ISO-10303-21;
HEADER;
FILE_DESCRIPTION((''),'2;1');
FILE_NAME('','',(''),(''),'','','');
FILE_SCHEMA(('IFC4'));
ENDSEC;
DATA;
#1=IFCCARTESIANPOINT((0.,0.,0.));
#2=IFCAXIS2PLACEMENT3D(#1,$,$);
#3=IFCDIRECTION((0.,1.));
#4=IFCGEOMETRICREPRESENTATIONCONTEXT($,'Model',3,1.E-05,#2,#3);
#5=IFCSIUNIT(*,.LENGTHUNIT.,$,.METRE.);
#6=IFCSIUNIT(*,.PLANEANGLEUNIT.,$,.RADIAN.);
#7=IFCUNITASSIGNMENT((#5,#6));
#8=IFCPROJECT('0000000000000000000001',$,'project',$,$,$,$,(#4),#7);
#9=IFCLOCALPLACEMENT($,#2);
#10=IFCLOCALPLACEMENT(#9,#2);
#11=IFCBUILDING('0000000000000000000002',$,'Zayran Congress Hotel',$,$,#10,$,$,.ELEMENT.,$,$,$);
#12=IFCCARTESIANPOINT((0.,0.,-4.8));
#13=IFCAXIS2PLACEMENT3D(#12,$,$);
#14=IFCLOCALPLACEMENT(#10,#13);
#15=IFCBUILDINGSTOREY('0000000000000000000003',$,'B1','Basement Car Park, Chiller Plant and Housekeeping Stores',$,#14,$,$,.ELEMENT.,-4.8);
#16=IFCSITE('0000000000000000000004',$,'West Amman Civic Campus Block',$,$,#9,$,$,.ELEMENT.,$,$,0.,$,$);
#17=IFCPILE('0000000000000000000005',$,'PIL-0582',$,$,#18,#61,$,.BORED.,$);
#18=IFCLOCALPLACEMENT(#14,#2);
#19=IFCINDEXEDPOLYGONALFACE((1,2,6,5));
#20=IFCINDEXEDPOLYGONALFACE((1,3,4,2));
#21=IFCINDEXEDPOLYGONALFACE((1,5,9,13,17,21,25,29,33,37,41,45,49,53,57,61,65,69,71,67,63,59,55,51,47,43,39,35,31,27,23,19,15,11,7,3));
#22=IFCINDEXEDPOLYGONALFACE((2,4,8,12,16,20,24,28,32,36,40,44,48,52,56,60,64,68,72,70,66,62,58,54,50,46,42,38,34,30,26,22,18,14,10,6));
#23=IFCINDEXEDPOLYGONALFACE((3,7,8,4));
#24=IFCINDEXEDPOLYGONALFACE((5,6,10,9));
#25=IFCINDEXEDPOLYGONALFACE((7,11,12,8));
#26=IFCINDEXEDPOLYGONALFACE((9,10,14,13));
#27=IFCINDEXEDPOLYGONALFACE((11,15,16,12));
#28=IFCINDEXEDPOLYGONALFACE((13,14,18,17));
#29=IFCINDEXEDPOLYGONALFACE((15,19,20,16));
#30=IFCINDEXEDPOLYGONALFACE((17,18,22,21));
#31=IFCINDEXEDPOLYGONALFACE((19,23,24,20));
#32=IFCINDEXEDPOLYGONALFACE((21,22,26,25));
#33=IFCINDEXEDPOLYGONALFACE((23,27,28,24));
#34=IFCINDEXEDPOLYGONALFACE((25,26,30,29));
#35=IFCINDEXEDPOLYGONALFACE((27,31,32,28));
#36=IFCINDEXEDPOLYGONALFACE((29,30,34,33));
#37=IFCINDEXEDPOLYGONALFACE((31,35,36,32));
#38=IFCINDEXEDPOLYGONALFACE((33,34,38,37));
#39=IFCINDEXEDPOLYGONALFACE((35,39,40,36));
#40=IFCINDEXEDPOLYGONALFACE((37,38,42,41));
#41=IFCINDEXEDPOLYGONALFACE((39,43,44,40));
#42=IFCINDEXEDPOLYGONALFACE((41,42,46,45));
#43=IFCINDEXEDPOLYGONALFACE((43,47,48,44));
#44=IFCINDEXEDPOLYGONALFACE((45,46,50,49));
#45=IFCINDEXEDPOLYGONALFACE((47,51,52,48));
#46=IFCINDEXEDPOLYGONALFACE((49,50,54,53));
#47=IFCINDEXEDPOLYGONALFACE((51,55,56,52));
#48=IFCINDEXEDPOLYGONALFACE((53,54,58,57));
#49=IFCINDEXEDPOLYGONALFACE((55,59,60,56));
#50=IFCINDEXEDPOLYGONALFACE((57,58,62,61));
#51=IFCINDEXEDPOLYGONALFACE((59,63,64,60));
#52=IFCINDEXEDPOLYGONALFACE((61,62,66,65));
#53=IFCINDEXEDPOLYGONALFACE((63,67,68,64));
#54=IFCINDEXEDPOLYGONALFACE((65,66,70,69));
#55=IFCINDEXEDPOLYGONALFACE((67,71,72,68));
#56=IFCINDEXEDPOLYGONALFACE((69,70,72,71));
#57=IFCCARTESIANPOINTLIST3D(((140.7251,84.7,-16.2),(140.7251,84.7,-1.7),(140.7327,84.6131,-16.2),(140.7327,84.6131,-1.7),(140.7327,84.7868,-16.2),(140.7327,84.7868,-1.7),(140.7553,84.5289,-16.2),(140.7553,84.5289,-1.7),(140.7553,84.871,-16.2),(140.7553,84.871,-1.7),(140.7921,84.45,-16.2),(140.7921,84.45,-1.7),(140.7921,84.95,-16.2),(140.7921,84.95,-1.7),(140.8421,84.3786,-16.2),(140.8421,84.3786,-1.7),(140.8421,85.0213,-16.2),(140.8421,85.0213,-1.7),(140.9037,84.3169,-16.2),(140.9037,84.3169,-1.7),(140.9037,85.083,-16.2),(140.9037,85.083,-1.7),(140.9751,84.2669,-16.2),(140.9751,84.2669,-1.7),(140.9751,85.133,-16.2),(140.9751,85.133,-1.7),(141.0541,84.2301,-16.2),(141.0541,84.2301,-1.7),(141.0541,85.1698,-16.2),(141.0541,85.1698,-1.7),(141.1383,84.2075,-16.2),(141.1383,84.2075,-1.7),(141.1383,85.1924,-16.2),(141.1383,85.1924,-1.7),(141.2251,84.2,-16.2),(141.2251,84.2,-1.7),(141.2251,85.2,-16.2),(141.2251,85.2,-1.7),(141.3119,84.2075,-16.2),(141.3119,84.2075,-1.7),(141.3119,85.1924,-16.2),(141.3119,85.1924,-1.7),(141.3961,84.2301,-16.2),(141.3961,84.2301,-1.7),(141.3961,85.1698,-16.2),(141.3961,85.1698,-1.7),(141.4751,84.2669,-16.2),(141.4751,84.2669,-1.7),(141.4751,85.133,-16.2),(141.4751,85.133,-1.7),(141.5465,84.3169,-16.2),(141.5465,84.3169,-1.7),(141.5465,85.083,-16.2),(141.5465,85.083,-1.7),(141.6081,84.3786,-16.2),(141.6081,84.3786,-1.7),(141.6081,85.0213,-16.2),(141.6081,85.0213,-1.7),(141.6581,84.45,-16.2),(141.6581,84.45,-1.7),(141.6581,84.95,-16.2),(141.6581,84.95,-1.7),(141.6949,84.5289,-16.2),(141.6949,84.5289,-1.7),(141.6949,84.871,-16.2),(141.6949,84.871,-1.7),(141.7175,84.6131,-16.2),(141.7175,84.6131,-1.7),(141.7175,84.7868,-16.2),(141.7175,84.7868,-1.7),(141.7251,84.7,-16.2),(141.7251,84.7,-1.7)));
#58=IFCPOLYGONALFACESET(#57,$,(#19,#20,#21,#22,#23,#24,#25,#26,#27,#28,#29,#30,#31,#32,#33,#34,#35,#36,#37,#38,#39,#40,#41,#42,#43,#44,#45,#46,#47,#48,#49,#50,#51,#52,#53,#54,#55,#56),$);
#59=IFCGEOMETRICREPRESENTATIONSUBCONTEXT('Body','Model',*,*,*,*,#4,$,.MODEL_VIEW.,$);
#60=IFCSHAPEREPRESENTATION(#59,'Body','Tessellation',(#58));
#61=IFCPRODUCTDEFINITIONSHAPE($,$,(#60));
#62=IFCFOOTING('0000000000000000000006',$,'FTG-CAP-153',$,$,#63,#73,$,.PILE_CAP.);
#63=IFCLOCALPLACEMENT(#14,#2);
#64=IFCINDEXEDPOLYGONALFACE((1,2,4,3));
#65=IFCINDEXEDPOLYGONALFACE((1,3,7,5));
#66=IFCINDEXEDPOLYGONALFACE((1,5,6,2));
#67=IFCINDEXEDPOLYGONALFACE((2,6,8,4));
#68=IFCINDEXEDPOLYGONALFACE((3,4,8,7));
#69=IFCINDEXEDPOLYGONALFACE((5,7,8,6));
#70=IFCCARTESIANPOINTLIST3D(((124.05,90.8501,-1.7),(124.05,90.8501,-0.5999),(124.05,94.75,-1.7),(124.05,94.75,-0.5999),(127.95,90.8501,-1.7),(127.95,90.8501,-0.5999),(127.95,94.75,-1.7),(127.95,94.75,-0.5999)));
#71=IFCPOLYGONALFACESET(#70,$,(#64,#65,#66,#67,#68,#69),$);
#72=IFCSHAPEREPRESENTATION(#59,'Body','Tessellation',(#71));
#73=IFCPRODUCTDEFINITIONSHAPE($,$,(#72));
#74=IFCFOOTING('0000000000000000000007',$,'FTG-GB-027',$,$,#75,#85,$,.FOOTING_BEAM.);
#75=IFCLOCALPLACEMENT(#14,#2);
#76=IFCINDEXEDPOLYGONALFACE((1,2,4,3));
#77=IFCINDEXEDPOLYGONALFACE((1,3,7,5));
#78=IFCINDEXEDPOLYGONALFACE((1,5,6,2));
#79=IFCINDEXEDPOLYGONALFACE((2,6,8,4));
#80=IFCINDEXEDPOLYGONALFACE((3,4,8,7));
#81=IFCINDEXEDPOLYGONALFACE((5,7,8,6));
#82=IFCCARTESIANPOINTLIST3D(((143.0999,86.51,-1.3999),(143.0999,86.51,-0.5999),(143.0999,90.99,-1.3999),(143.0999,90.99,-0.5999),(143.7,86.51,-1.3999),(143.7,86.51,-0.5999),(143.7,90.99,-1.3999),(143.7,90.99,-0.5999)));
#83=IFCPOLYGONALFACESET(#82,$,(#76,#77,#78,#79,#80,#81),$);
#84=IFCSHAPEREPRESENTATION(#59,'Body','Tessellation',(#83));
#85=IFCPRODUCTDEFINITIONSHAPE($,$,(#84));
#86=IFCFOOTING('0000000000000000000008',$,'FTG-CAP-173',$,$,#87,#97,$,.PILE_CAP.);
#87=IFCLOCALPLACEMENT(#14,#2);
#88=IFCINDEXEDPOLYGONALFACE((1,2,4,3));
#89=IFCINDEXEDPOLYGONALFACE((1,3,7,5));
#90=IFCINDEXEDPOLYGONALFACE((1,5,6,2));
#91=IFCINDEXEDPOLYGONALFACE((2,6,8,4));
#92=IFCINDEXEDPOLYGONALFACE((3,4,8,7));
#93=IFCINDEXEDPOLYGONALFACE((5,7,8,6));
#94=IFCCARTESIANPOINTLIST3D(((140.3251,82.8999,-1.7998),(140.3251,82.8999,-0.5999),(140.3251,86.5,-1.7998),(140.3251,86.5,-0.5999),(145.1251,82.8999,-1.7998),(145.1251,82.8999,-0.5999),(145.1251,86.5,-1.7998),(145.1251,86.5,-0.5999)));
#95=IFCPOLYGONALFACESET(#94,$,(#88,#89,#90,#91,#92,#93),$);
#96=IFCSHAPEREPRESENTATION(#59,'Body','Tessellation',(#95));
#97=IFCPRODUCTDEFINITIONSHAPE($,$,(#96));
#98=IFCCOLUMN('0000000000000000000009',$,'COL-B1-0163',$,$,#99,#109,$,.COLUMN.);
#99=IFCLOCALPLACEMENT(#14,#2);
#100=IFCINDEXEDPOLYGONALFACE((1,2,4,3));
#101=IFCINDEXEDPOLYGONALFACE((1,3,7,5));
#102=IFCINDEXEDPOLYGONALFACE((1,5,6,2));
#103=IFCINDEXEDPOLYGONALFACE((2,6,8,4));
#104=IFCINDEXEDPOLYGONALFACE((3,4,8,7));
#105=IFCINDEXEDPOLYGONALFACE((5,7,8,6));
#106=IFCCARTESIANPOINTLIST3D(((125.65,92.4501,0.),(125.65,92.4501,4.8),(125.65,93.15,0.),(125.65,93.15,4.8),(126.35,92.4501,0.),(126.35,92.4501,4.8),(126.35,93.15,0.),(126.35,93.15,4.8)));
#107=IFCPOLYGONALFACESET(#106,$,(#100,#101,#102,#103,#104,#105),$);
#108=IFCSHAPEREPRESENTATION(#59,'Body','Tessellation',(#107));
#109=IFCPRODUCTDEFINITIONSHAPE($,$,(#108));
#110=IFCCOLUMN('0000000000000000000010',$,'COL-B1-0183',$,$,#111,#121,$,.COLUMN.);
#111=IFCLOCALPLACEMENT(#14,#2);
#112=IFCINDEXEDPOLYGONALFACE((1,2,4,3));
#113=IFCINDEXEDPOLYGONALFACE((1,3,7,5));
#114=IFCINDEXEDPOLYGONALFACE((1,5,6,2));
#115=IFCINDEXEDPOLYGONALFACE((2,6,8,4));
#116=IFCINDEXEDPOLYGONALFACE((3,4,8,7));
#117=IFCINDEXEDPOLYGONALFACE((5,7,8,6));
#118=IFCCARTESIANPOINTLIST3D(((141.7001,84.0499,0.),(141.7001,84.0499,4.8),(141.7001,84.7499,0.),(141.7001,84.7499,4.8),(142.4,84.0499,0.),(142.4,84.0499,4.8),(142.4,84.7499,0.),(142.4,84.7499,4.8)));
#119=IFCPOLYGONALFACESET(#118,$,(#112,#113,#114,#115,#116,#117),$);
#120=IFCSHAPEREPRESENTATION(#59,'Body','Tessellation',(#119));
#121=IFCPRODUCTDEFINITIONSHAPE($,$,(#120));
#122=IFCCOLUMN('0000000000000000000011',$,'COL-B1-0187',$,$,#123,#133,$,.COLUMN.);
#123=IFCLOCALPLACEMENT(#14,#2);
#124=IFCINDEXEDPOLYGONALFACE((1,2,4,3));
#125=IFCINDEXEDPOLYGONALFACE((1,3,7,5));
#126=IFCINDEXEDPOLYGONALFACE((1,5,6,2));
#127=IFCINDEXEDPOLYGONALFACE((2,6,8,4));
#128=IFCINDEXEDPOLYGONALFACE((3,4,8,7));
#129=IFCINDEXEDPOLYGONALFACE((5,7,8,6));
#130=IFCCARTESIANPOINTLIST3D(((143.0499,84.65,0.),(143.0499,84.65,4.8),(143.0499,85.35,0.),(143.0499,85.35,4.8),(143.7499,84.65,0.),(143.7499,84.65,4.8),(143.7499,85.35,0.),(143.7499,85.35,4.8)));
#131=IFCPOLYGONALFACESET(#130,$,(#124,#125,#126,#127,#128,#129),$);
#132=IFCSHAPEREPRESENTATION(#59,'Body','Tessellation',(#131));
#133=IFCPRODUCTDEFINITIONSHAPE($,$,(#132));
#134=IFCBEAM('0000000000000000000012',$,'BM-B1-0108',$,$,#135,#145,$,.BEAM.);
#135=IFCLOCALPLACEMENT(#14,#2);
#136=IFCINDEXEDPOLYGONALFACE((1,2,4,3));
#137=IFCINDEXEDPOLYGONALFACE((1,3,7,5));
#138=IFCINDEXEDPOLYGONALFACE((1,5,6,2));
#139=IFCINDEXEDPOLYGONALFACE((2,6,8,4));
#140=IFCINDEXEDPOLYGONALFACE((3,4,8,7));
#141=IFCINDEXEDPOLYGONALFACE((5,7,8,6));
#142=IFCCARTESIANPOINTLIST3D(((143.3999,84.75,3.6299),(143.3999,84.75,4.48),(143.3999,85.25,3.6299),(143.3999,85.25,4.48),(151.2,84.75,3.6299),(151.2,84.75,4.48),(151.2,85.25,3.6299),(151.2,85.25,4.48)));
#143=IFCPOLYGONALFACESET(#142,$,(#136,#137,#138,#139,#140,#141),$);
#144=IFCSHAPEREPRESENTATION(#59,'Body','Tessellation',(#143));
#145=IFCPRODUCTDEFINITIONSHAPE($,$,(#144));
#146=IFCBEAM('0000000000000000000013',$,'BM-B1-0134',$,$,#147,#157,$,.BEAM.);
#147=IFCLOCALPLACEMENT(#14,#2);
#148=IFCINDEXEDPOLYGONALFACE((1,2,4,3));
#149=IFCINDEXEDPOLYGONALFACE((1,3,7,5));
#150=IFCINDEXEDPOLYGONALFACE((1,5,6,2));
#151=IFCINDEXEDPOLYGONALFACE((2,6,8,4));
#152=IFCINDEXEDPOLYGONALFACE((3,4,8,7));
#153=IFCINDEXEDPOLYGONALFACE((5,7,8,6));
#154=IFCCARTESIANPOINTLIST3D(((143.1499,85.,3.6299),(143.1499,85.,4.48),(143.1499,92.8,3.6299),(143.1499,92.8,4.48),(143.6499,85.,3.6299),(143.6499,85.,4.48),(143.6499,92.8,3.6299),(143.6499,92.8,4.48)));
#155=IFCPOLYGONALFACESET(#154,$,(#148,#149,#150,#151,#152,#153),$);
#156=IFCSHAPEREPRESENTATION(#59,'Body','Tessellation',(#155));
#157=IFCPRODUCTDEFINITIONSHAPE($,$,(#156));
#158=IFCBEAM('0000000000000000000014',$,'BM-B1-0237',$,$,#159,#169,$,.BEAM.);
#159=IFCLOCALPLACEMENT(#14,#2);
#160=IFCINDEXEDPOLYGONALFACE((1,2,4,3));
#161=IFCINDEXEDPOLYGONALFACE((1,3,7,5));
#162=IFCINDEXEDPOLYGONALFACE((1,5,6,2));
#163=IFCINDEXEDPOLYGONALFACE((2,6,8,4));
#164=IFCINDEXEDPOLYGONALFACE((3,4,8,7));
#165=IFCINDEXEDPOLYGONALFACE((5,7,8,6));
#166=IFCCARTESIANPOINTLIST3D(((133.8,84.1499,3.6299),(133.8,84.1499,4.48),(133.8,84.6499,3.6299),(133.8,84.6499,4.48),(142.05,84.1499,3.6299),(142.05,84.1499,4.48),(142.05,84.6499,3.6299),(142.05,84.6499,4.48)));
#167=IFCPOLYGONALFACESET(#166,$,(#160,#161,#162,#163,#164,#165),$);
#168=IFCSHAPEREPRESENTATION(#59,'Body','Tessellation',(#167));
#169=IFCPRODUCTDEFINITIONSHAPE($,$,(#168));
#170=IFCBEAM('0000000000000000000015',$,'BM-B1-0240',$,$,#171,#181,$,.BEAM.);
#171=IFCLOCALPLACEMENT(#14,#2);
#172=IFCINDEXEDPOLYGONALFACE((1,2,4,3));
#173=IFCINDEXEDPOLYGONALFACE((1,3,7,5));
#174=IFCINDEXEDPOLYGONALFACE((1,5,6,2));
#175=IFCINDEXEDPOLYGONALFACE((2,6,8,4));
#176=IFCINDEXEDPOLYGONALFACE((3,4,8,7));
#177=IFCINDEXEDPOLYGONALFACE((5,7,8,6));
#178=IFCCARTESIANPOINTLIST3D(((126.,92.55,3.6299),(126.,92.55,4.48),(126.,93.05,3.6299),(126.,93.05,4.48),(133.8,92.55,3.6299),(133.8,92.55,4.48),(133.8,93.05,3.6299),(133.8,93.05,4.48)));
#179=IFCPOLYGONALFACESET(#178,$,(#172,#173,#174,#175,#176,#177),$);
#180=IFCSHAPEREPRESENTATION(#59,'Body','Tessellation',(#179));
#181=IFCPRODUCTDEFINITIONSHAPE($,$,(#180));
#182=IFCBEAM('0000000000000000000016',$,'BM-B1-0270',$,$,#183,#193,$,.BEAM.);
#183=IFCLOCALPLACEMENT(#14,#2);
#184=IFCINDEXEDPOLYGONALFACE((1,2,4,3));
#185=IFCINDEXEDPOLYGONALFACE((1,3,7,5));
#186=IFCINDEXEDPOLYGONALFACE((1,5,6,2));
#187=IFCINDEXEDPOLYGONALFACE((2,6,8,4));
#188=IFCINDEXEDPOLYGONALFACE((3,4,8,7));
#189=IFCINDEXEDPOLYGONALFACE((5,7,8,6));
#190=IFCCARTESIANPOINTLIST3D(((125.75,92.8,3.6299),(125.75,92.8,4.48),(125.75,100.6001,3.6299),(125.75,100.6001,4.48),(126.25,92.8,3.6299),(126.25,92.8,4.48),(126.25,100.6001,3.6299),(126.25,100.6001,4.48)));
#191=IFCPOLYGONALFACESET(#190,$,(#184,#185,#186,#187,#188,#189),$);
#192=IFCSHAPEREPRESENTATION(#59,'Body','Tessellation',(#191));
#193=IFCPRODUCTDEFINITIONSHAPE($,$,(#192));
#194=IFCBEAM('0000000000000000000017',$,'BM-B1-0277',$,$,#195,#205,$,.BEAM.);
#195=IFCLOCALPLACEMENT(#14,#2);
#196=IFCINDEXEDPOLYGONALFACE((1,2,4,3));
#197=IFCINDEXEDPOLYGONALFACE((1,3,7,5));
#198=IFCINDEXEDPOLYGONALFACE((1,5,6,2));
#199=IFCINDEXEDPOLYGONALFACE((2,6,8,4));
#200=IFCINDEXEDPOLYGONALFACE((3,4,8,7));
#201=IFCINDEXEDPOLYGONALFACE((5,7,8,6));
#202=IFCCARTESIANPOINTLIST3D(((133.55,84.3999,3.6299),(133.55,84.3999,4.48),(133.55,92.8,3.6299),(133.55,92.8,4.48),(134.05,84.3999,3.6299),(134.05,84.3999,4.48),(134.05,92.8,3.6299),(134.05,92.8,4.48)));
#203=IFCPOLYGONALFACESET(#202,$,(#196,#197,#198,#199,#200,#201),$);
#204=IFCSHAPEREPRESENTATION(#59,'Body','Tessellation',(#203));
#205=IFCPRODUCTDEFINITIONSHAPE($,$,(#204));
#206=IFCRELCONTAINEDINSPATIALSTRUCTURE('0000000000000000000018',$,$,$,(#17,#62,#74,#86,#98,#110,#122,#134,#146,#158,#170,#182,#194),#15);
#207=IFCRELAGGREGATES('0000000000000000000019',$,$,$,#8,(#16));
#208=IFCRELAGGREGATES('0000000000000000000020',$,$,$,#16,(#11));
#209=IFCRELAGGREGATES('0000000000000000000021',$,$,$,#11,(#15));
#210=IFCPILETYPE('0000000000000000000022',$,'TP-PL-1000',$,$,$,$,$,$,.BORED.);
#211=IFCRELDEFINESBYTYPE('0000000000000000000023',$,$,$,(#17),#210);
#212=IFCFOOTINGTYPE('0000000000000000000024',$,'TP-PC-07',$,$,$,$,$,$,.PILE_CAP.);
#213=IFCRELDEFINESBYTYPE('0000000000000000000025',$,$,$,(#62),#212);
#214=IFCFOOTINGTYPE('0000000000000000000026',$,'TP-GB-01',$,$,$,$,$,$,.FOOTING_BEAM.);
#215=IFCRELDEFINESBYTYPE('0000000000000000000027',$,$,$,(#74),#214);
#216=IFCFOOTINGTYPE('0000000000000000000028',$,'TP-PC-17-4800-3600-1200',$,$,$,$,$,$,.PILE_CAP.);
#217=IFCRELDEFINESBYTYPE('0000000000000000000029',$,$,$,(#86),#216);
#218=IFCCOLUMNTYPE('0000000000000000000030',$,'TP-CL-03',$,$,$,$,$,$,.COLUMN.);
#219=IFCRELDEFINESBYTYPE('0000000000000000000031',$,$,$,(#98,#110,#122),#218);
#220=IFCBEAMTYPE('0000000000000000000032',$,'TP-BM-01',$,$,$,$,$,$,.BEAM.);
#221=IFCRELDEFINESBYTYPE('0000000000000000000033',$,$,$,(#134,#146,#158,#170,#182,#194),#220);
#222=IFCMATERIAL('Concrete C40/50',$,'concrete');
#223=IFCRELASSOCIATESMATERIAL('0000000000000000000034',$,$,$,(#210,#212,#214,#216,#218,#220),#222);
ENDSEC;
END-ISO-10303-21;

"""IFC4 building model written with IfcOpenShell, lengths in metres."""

from ifc_helpers import new_model, si_unit, direction, frame, origin, origin_2d, place, context, subcontext, project, spatial, rectangle, circle, extrude, material, material_profile, profile_set, type_object, element, save


model = new_model("IFC4")

# Units and contexts
model_context = context("Model", 3, precision=1e-05, world=origin(), true_north=direction((0.0, 1.0)))
body_context = subcontext(model_context, "Body", "Model", "MODEL_VIEW")
ifc_project = project(units=[si_unit("LENGTHUNIT", "METRE"), si_unit("PLANEANGLEUNIT", "RADIAN")], contexts=[model_context])

# Site, building, storey
site_placement = place(None, origin())
site = spatial("IfcSite", under=ifc_project, at=site_placement, Name="West Amman Civic Campus Block", CompositionType="ELEMENT", RefElevation=0.0)
building_placement = place(site_placement, origin())
building = spatial("IfcBuilding", under=site, at=building_placement, Name="Zayran Congress Hotel", CompositionType="ELEMENT")
storey_placement = place(building_placement, frame((0.0, 0.0, -4.8)))
storey = spatial("IfcBuildingStorey", under=building, at=storey_placement, Name="B1", Description="Basement Car Park, Chiller Plant and Housekeeping Stores", CompositionType="ELEMENT", Elevation=-4.8)

# Pile
ifc_material_1 = material(Name="Concrete C40/50", Category="concrete")
ifc_material_profile_1 = material_profile(ifc_material_1, circle(Radius=0.5, at=origin_2d()), Name="PILE D1000")
ifc_profile_set_1 = profile_set([ifc_material_profile_1], Name="Concrete C40/50")
pile_type = type_object("IfcPileType", Name="TP-PL-1000", PredefinedType="BORED", material=ifc_profile_set_1)
pile_placement = place(storey_placement, frame((141.2251, 84.7, -1.7), z_axis=(0.0, 0.0, -1.0), x_axis=(1.0, 0.0, 0.0)))
element("IfcPile", 1, at=pile_placement, inside=storey, type_object=pile_type, Name="PIL-0582", PredefinedType="BORED", context=body_context, shape_type="SweptSolid", body=[
    extrude(circle(Radius=0.5, at=origin_2d()), origin(), (0.0, 0.0, 1.0), 14.5),
])

# Footings
footing_type_1 = type_object("IfcFootingType", Name="TP-PC-07", PredefinedType="PILE_CAP", material=ifc_material_1)
footing_1_placement = place(storey_placement, frame((126.0, 92.8, -1.7), z_axis=(0.0, 0.0, 1.0), x_axis=(1.0, 0.0, 0.0)))
element("IfcFooting", 2, at=footing_1_placement, inside=storey, type_object=footing_type_1, Name="FTG-CAP-153", PredefinedType="PILE_CAP", context=body_context, shape_type="SweptSolid", body=[
    extrude(rectangle(XDim=3.8999, YDim=3.8999, at=origin_2d()), origin(), (0.0, 0.0, 1.0), 1.1001),
])
footing_type_2 = type_object("IfcFootingType", Name="TP-GB-01", PredefinedType="FOOTING_BEAM", material=ifc_material_1)
footing_2_placement = place(storey_placement, frame((143.3999, 88.75, -1.3999), z_axis=(0.0, 0.0, 1.0), x_axis=(0.0, 1.0, 0.0)))
element("IfcFooting", 3, at=footing_2_placement, inside=storey, type_object=footing_type_2, Name="FTG-GB-027", PredefinedType="FOOTING_BEAM", context=body_context, shape_type="SweptSolid", body=[
    extrude(rectangle(XDim=4.48, YDim=0.6001, at=origin_2d()), origin(), (0.0, 0.0, 1.0), 0.8),
])
footing_type_3 = type_object("IfcFootingType", Name="TP-PC-17-4800-3600-1200", PredefinedType="PILE_CAP", material=ifc_material_1)
footing_3_placement = place(storey_placement, frame((142.7251, 84.7, -1.7998), z_axis=(0.0, 0.0, 1.0), x_axis=(1.0, 0.0, 0.0)))
element("IfcFooting", 4, at=footing_3_placement, inside=storey, type_object=footing_type_3, Name="FTG-CAP-173", PredefinedType="PILE_CAP", context=body_context, shape_type="SweptSolid", body=[
    extrude(rectangle(XDim=4.8, YDim=3.6001, at=origin_2d()), origin(), (0.0, 0.0, 1.0), 1.2),
])

# Columns
ifc_material_profile_2 = material_profile(ifc_material_1, rectangle(XDim=0.7, YDim=0.7, at=origin_2d()), Name="RC 700x700")
ifc_profile_set_2 = profile_set([ifc_material_profile_2], Name="Concrete C40/50")
column_type = type_object("IfcColumnType", Name="TP-CL-03", PredefinedType="COLUMN", material=ifc_profile_set_2)
for number, where, z_axis, x_axis, name in (
    (5, (126.0, 92.8, 0.0), (0.0, 0.0, 1.0), (1.0, 0.0, 0.0), "COL-B1-0163"),
    (6, (142.05, 84.3999, 0.0), (0.0, 0.0, 1.0), (1.0, 0.0, 0.0), "COL-B1-0183"),
    (7, (143.3999, 85.0, 0.0), (0.0, 0.0, 1.0), (1.0, 0.0, 0.0), "COL-B1-0187"),
):
    element("IfcColumn", number, at=place(storey_placement, frame(where, z_axis=z_axis, x_axis=x_axis)), inside=storey, type_object=column_type, Name=name, PredefinedType="COLUMN", context=body_context, shape_type="SweptSolid", body=[
        extrude(rectangle(XDim=0.7, YDim=0.7, at=origin_2d()), origin(), (0.0, 0.0, 1.0), 4.8),
    ])

# Beams
ifc_material_profile_3 = material_profile(ifc_material_1, rectangle(XDim=0.5, YDim=0.8501, at=origin_2d()), Name="RC 500x850")
ifc_profile_set_3 = profile_set([ifc_material_profile_3], Name="Concrete C40/50")
beam_type = type_object("IfcBeamType", Name="TP-BM-01", PredefinedType="BEAM", material=ifc_profile_set_3)
for number, where, z_axis, x_axis, name in (
    (8, (143.3999, 85.0, 4.0549), (1.0, 0.0, 0.0), (0.0, 1.0, 0.0), "BM-B1-0108"),
    (9, (143.3999, 85.0, 4.0549), (0.0, 1.0, 0.0), (-1.0, 0.0, 0.0), "BM-B1-0134"),
):
    element("IfcBeam", number, at=place(storey_placement, frame(where, z_axis=z_axis, x_axis=x_axis)), inside=storey, type_object=beam_type, Name=name, PredefinedType="BEAM", context=body_context, shape_type="SweptSolid", body=[
        extrude(rectangle(XDim=0.5, YDim=0.8501, at=origin_2d()), origin(), (0.0, 0.0, 1.0), 7.8),
    ])
beam_placement = place(storey_placement, frame((133.8, 84.3999, 4.0549), z_axis=(1.0, 0.0, 0.0), x_axis=(0.0, 1.0, 0.0)))
element("IfcBeam", 10, at=beam_placement, inside=storey, type_object=beam_type, Name="BM-B1-0237", PredefinedType="BEAM", context=body_context, shape_type="SweptSolid", body=[
    extrude(rectangle(XDim=0.5, YDim=0.8501, at=origin_2d()), origin(), (0.0, 0.0, 1.0), 8.25),
])
for number, where, z_axis, x_axis, name in (
    (11, (126.0, 92.8, 4.0549), (1.0, 0.0, 0.0), (0.0, 1.0, 0.0), "BM-B1-0240"),
    (12, (126.0, 92.8, 4.0549), (0.0, 1.0, 0.0), (-1.0, 0.0, 0.0), "BM-B1-0270"),
):
    element("IfcBeam", number, at=place(storey_placement, frame(where, z_axis=z_axis, x_axis=x_axis)), inside=storey, type_object=beam_type, Name=name, PredefinedType="BEAM", context=body_context, shape_type="SweptSolid", body=[
        extrude(rectangle(XDim=0.5, YDim=0.8501, at=origin_2d()), origin(), (0.0, 0.0, 1.0), 7.8),
    ])
for number, where, z_axis, x_axis, name in (
    (13, (133.8, 84.3999, 4.0549), (0.0, 1.0, 0.0), (-1.0, 0.0, 0.0), "BM-B1-0277"),
):
    element("IfcBeam", number, at=place(storey_placement, frame(where, z_axis=z_axis, x_axis=x_axis)), inside=storey, type_object=beam_type, Name=name, PredefinedType="BEAM", context=body_context, shape_type="SweptSolid", body=[
        extrude(rectangle(XDim=0.5, YDim=0.8501, at=origin_2d()), origin(), (0.0, 0.0, 1.0), 8.4001),
    ])

save(model, "model.ifc")
